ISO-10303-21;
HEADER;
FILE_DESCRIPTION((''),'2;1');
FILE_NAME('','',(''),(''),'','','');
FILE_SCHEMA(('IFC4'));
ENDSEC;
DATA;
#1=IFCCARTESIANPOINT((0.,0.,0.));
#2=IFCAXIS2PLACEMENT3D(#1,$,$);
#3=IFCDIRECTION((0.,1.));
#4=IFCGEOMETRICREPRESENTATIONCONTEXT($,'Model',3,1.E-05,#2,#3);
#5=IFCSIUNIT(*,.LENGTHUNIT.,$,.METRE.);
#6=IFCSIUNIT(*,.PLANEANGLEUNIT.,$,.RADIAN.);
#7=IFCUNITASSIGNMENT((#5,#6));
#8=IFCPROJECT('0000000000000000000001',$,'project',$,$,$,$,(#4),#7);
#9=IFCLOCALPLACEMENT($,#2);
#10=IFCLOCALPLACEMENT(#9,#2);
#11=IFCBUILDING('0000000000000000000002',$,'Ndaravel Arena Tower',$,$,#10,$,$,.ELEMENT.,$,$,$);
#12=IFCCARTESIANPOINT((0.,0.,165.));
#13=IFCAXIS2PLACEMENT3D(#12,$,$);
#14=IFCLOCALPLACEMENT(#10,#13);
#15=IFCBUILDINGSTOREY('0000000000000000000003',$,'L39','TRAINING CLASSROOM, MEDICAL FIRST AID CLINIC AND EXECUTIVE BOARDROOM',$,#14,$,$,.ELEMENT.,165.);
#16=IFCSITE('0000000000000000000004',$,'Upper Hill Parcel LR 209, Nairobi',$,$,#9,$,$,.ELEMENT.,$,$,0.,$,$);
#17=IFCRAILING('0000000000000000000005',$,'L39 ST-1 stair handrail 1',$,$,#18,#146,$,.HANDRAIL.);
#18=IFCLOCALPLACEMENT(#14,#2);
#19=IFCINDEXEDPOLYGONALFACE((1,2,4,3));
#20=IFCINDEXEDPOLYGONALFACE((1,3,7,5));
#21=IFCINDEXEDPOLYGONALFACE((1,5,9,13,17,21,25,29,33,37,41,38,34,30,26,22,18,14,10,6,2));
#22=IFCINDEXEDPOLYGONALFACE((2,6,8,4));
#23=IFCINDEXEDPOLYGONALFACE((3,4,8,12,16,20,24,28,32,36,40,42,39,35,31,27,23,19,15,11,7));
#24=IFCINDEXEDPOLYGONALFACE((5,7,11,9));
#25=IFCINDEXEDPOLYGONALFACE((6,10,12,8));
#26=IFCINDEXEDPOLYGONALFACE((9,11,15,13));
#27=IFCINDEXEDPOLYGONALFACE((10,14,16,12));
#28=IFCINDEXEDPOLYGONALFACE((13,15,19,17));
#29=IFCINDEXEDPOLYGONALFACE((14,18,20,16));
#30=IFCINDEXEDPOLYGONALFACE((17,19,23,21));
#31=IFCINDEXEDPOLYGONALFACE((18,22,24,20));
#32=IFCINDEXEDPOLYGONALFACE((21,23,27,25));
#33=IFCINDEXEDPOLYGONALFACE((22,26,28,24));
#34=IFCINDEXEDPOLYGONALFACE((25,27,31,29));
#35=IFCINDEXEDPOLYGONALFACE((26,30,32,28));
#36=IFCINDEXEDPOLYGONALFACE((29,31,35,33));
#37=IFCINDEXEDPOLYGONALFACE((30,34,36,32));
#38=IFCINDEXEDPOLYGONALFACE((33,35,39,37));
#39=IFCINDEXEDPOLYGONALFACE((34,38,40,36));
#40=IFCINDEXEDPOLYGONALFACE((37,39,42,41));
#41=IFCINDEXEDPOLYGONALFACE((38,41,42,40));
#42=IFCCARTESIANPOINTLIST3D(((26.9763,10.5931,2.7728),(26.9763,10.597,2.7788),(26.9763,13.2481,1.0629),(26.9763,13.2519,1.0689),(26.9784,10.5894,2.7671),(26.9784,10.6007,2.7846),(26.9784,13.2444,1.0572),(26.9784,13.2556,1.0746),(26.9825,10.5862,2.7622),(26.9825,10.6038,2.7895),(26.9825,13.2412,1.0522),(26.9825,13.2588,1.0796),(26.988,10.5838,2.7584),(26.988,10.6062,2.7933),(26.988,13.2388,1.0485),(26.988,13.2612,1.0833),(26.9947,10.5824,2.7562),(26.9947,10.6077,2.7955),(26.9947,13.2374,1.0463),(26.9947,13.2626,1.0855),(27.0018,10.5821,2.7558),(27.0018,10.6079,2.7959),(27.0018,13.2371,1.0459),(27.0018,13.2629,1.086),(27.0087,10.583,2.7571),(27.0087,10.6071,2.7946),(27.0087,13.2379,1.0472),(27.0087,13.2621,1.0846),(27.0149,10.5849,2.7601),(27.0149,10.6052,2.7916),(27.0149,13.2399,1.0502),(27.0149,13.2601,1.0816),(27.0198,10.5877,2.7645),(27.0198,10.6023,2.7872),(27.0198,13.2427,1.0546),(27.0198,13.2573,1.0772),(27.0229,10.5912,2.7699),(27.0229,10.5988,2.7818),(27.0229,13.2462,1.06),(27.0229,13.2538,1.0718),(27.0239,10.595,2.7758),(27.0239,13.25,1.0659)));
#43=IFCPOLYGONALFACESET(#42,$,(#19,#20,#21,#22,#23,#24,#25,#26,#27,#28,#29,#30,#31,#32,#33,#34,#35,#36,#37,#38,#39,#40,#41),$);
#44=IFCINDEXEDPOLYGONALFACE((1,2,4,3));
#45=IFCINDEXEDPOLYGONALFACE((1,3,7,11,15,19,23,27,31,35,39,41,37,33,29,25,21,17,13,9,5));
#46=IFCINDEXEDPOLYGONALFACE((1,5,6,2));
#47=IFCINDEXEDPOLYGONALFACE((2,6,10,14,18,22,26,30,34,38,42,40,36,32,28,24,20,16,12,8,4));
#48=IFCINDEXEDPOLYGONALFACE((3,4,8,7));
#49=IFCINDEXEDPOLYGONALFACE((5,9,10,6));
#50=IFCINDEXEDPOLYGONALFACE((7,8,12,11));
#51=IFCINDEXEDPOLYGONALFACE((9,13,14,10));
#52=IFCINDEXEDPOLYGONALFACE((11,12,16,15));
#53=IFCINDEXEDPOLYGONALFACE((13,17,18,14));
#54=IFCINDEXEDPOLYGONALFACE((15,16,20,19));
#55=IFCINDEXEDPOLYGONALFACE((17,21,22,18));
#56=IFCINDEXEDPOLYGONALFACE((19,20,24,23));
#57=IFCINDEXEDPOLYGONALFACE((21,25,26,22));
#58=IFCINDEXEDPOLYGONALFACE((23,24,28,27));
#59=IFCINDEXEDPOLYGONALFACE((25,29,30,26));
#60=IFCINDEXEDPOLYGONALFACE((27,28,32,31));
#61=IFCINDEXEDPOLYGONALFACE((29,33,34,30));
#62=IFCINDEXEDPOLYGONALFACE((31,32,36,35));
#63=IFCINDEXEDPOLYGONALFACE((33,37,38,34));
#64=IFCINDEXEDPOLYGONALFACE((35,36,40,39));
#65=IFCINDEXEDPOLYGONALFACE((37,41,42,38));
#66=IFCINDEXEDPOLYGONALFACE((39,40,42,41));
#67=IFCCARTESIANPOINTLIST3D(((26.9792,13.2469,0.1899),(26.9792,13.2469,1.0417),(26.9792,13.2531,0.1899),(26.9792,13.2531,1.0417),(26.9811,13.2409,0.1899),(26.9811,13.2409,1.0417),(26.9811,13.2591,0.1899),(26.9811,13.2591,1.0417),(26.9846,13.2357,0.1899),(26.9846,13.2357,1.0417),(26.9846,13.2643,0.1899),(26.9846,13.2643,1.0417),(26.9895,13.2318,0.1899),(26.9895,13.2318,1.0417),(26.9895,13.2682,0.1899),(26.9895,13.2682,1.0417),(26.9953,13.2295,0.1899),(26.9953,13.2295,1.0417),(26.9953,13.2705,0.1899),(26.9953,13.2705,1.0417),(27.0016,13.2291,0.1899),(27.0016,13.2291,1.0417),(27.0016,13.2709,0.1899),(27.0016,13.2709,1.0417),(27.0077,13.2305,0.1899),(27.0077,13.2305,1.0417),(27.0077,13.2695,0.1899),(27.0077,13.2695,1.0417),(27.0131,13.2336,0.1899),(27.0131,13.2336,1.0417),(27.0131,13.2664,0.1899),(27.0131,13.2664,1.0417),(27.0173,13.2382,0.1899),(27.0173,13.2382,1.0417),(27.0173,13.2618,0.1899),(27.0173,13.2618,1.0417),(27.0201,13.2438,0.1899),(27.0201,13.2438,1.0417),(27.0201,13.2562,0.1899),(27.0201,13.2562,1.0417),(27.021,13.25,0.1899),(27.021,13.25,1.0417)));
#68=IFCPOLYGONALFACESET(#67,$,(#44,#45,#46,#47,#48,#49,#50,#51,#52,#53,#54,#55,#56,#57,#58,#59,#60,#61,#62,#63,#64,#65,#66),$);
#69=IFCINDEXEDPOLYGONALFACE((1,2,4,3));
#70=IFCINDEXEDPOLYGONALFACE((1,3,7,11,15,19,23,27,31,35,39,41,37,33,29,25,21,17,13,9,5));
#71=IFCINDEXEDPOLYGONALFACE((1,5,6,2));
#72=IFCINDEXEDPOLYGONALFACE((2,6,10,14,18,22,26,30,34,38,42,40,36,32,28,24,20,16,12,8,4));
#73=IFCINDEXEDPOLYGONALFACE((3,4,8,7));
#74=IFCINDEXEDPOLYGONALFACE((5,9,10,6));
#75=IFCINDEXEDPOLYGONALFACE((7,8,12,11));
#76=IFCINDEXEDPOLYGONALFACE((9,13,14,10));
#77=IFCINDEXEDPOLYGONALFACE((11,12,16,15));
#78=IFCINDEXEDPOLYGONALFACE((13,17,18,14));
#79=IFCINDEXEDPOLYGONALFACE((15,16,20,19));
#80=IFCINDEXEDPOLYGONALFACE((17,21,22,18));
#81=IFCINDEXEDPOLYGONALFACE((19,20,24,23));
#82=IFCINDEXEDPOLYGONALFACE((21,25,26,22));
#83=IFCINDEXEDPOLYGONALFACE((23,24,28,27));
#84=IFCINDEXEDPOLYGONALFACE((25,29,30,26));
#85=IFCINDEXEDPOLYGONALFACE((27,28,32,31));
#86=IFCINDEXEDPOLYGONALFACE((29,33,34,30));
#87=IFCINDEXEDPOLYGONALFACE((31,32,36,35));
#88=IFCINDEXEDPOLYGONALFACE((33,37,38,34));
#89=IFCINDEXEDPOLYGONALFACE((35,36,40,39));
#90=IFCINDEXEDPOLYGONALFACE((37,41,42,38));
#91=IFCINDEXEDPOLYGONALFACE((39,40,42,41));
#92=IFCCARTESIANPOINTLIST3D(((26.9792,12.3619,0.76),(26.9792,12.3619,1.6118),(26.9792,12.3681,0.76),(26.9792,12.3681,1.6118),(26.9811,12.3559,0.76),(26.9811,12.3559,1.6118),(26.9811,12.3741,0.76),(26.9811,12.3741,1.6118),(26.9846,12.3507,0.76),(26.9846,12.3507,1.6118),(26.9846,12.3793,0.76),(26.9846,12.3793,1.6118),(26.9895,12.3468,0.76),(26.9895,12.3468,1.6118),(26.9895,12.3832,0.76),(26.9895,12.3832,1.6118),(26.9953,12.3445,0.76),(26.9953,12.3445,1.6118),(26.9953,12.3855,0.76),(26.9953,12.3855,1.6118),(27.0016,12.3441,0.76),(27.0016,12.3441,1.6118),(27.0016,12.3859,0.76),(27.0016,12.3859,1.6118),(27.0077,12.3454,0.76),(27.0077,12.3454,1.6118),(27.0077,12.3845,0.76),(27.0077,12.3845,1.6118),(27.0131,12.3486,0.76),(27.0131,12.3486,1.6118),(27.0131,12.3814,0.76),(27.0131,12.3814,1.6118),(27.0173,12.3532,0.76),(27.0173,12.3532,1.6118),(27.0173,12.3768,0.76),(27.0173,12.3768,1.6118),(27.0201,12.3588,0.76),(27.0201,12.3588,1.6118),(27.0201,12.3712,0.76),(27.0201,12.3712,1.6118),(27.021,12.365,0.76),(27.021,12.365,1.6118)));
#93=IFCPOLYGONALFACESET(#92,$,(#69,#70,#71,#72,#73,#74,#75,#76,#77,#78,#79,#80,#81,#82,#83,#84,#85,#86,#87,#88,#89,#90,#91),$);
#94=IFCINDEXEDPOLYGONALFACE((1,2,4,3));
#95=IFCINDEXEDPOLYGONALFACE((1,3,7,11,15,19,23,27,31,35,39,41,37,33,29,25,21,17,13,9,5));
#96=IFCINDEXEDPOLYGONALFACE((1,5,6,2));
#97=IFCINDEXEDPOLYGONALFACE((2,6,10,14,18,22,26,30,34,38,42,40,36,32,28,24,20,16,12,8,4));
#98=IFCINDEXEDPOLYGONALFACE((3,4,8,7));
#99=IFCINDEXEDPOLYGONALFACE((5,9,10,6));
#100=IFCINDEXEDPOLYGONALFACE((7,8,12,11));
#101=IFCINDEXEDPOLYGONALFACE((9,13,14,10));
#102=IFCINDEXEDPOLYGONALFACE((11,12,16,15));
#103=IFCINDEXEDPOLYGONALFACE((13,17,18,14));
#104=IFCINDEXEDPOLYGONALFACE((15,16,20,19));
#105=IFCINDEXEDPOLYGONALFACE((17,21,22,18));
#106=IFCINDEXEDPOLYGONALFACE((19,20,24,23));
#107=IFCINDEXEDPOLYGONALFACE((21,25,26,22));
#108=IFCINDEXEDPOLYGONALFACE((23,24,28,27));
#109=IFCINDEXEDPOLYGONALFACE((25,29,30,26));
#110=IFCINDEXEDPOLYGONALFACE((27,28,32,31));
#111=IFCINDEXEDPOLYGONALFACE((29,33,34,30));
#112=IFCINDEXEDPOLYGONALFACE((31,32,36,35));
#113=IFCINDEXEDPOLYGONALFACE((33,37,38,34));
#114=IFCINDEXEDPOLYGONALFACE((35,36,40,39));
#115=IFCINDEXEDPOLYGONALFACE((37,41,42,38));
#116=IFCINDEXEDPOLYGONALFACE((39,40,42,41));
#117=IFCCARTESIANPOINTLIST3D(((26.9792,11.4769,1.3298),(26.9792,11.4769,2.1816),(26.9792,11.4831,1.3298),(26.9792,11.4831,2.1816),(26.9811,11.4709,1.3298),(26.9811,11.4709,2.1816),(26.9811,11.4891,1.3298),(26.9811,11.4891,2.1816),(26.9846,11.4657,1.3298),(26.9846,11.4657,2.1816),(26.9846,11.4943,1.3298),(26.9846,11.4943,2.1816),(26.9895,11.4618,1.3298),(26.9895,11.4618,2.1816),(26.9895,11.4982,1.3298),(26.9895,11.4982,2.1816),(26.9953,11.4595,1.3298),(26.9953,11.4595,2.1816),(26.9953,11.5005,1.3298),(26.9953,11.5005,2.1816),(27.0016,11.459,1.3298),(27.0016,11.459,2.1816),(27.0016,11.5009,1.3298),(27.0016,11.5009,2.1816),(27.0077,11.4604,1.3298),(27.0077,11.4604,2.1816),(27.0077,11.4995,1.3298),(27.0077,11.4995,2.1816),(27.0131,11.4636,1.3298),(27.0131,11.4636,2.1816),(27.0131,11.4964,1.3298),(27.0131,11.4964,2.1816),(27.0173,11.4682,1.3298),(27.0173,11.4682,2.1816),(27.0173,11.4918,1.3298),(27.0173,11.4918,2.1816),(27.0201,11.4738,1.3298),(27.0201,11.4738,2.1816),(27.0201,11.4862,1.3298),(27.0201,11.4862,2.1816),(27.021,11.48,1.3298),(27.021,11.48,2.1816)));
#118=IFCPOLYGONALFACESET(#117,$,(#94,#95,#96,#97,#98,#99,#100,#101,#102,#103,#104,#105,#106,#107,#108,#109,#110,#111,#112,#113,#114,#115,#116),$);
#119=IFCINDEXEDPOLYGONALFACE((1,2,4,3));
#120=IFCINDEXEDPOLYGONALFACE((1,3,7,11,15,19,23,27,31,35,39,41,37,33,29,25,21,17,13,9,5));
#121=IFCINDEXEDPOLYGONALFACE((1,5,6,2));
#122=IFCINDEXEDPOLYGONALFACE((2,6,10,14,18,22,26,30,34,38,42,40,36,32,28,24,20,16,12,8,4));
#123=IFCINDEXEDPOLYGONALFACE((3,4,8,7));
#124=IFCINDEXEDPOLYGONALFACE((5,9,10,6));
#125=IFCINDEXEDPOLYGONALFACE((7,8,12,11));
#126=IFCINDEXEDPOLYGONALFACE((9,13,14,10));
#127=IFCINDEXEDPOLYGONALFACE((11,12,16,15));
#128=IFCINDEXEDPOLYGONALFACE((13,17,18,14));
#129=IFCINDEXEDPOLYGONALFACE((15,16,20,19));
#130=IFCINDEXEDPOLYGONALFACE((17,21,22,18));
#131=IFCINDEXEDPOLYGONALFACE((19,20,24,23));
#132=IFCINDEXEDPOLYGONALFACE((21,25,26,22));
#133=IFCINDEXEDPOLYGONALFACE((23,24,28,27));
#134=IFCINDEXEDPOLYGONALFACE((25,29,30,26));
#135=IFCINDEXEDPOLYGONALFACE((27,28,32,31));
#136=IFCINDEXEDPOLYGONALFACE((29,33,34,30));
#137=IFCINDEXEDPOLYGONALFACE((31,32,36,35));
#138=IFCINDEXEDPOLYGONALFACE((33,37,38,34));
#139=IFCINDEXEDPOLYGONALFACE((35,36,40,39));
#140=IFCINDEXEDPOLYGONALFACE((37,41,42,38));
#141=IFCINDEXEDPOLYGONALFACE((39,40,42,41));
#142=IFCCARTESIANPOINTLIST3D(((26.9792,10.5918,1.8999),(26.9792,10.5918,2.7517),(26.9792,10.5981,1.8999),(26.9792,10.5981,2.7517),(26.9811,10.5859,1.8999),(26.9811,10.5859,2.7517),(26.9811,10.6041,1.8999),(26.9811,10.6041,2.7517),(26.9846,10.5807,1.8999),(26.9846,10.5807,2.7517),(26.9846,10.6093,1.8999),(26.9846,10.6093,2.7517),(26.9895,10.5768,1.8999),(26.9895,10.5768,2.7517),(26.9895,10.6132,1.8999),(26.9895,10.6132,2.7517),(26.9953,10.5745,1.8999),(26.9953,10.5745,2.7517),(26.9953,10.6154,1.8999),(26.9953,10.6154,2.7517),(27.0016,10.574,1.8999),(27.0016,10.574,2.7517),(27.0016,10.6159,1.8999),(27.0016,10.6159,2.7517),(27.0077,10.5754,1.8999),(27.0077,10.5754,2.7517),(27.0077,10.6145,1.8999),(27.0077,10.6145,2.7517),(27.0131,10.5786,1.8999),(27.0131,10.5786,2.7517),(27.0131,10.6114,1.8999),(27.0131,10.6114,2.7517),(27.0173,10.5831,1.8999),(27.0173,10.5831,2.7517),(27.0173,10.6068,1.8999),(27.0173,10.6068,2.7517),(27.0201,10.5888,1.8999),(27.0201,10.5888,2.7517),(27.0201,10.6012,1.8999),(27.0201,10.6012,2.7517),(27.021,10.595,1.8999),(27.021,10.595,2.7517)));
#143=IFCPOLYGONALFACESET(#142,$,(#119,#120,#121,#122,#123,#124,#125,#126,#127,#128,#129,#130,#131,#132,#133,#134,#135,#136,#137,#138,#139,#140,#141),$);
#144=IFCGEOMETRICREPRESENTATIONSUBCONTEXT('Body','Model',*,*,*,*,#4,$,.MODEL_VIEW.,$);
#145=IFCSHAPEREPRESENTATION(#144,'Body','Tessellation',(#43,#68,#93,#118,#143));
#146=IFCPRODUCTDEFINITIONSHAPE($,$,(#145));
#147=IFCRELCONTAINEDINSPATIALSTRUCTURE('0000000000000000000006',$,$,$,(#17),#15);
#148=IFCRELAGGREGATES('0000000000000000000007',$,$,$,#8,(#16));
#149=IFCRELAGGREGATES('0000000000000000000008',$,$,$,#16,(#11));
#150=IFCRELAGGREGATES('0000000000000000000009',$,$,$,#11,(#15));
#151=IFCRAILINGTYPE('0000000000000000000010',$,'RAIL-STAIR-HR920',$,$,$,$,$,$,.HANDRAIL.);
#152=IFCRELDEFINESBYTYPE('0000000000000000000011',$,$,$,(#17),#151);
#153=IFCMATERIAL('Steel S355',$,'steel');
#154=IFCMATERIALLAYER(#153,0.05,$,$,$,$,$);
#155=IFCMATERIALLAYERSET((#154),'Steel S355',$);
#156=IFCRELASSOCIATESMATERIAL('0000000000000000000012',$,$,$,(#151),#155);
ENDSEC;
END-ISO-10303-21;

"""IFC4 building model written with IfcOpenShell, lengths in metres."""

from ifc_helpers import new_model, si_unit, direction, frame, origin, origin_2d, place, context, subcontext, project, spatial, circle, extrude, material, layer, layer_set, type_object, element, save


model = new_model("IFC4")

# Units and contexts
model_context = context("Model", 3, precision=1e-05, world=origin(), true_north=direction((0.0, 1.0)))
body_context = subcontext(model_context, "Body", "Model", "MODEL_VIEW")
ifc_project = project(units=[si_unit("LENGTHUNIT", "METRE"), si_unit("PLANEANGLEUNIT", "RADIAN")], contexts=[model_context])

# Site, building, storey
site_placement = place(None, origin())
site = spatial("IfcSite", under=ifc_project, at=site_placement, Name="Upper Hill Parcel LR 209, Nairobi", CompositionType="ELEMENT", RefElevation=0.0)
building_placement = place(site_placement, origin())
building = spatial("IfcBuilding", under=site, at=building_placement, Name="Ndaravel Arena Tower", CompositionType="ELEMENT")
storey_placement = place(building_placement, frame((0.0, 0.0, 165.0)))
storey = spatial("IfcBuildingStorey", under=building, at=storey_placement, Name="L39", Description="TRAINING CLASSROOM, MEDICAL FIRST AID CLINIC AND EXECUTIVE BOARDROOM", CompositionType="ELEMENT", Elevation=165.0)

# Railing
ifc_material_1 = material(Name="Steel S355", Category="steel")
ifc_layer_1 = layer(ifc_material_1, 0.05)
ifc_layer_set_1 = layer_set([ifc_layer_1], Name="Steel S355")
railing_type = type_object("IfcRailingType", Name="RAIL-STAIR-HR920", PredefinedType="HANDRAIL", material=ifc_layer_set_1)
railing_placement = place(storey_placement, frame((27.0, 13.25, 0.1899)))
element("IfcRailing", 1, at=railing_placement, inside=storey, type_object=railing_type, Name="L39 ST-1 stair handrail 1", PredefinedType="HANDRAIL", context=body_context, shape_type="SweptSolid", body=[
    extrude(circle(Radius=0.0239, at=origin_2d()), frame((0.0, 0.0, 0.876), z_axis=(0.0, -0.840724, 0.541465), x_axis=(1.0, 0.0, 0.0)), (0.0, 0.0, 1.0), 3.158),
    extrude(circle(Radius=0.021, at=origin_2d()), origin(), (0.0, 0.0, 1.0), 0.8518),
    extrude(circle(Radius=0.021, at=origin_2d()), frame((0.0, -0.885, 0.5701)), (0.0, 0.0, 1.0), 0.8518),
    extrude(circle(Radius=0.021, at=origin_2d()), frame((0.0, -1.77, 1.1399)), (0.0, 0.0, 1.0), 0.8518),
    extrude(circle(Radius=0.021, at=origin_2d()), frame((0.0, -2.655, 1.71)), (0.0, 0.0, 1.0), 0.8518),
])

save(model, "model.ifc")
